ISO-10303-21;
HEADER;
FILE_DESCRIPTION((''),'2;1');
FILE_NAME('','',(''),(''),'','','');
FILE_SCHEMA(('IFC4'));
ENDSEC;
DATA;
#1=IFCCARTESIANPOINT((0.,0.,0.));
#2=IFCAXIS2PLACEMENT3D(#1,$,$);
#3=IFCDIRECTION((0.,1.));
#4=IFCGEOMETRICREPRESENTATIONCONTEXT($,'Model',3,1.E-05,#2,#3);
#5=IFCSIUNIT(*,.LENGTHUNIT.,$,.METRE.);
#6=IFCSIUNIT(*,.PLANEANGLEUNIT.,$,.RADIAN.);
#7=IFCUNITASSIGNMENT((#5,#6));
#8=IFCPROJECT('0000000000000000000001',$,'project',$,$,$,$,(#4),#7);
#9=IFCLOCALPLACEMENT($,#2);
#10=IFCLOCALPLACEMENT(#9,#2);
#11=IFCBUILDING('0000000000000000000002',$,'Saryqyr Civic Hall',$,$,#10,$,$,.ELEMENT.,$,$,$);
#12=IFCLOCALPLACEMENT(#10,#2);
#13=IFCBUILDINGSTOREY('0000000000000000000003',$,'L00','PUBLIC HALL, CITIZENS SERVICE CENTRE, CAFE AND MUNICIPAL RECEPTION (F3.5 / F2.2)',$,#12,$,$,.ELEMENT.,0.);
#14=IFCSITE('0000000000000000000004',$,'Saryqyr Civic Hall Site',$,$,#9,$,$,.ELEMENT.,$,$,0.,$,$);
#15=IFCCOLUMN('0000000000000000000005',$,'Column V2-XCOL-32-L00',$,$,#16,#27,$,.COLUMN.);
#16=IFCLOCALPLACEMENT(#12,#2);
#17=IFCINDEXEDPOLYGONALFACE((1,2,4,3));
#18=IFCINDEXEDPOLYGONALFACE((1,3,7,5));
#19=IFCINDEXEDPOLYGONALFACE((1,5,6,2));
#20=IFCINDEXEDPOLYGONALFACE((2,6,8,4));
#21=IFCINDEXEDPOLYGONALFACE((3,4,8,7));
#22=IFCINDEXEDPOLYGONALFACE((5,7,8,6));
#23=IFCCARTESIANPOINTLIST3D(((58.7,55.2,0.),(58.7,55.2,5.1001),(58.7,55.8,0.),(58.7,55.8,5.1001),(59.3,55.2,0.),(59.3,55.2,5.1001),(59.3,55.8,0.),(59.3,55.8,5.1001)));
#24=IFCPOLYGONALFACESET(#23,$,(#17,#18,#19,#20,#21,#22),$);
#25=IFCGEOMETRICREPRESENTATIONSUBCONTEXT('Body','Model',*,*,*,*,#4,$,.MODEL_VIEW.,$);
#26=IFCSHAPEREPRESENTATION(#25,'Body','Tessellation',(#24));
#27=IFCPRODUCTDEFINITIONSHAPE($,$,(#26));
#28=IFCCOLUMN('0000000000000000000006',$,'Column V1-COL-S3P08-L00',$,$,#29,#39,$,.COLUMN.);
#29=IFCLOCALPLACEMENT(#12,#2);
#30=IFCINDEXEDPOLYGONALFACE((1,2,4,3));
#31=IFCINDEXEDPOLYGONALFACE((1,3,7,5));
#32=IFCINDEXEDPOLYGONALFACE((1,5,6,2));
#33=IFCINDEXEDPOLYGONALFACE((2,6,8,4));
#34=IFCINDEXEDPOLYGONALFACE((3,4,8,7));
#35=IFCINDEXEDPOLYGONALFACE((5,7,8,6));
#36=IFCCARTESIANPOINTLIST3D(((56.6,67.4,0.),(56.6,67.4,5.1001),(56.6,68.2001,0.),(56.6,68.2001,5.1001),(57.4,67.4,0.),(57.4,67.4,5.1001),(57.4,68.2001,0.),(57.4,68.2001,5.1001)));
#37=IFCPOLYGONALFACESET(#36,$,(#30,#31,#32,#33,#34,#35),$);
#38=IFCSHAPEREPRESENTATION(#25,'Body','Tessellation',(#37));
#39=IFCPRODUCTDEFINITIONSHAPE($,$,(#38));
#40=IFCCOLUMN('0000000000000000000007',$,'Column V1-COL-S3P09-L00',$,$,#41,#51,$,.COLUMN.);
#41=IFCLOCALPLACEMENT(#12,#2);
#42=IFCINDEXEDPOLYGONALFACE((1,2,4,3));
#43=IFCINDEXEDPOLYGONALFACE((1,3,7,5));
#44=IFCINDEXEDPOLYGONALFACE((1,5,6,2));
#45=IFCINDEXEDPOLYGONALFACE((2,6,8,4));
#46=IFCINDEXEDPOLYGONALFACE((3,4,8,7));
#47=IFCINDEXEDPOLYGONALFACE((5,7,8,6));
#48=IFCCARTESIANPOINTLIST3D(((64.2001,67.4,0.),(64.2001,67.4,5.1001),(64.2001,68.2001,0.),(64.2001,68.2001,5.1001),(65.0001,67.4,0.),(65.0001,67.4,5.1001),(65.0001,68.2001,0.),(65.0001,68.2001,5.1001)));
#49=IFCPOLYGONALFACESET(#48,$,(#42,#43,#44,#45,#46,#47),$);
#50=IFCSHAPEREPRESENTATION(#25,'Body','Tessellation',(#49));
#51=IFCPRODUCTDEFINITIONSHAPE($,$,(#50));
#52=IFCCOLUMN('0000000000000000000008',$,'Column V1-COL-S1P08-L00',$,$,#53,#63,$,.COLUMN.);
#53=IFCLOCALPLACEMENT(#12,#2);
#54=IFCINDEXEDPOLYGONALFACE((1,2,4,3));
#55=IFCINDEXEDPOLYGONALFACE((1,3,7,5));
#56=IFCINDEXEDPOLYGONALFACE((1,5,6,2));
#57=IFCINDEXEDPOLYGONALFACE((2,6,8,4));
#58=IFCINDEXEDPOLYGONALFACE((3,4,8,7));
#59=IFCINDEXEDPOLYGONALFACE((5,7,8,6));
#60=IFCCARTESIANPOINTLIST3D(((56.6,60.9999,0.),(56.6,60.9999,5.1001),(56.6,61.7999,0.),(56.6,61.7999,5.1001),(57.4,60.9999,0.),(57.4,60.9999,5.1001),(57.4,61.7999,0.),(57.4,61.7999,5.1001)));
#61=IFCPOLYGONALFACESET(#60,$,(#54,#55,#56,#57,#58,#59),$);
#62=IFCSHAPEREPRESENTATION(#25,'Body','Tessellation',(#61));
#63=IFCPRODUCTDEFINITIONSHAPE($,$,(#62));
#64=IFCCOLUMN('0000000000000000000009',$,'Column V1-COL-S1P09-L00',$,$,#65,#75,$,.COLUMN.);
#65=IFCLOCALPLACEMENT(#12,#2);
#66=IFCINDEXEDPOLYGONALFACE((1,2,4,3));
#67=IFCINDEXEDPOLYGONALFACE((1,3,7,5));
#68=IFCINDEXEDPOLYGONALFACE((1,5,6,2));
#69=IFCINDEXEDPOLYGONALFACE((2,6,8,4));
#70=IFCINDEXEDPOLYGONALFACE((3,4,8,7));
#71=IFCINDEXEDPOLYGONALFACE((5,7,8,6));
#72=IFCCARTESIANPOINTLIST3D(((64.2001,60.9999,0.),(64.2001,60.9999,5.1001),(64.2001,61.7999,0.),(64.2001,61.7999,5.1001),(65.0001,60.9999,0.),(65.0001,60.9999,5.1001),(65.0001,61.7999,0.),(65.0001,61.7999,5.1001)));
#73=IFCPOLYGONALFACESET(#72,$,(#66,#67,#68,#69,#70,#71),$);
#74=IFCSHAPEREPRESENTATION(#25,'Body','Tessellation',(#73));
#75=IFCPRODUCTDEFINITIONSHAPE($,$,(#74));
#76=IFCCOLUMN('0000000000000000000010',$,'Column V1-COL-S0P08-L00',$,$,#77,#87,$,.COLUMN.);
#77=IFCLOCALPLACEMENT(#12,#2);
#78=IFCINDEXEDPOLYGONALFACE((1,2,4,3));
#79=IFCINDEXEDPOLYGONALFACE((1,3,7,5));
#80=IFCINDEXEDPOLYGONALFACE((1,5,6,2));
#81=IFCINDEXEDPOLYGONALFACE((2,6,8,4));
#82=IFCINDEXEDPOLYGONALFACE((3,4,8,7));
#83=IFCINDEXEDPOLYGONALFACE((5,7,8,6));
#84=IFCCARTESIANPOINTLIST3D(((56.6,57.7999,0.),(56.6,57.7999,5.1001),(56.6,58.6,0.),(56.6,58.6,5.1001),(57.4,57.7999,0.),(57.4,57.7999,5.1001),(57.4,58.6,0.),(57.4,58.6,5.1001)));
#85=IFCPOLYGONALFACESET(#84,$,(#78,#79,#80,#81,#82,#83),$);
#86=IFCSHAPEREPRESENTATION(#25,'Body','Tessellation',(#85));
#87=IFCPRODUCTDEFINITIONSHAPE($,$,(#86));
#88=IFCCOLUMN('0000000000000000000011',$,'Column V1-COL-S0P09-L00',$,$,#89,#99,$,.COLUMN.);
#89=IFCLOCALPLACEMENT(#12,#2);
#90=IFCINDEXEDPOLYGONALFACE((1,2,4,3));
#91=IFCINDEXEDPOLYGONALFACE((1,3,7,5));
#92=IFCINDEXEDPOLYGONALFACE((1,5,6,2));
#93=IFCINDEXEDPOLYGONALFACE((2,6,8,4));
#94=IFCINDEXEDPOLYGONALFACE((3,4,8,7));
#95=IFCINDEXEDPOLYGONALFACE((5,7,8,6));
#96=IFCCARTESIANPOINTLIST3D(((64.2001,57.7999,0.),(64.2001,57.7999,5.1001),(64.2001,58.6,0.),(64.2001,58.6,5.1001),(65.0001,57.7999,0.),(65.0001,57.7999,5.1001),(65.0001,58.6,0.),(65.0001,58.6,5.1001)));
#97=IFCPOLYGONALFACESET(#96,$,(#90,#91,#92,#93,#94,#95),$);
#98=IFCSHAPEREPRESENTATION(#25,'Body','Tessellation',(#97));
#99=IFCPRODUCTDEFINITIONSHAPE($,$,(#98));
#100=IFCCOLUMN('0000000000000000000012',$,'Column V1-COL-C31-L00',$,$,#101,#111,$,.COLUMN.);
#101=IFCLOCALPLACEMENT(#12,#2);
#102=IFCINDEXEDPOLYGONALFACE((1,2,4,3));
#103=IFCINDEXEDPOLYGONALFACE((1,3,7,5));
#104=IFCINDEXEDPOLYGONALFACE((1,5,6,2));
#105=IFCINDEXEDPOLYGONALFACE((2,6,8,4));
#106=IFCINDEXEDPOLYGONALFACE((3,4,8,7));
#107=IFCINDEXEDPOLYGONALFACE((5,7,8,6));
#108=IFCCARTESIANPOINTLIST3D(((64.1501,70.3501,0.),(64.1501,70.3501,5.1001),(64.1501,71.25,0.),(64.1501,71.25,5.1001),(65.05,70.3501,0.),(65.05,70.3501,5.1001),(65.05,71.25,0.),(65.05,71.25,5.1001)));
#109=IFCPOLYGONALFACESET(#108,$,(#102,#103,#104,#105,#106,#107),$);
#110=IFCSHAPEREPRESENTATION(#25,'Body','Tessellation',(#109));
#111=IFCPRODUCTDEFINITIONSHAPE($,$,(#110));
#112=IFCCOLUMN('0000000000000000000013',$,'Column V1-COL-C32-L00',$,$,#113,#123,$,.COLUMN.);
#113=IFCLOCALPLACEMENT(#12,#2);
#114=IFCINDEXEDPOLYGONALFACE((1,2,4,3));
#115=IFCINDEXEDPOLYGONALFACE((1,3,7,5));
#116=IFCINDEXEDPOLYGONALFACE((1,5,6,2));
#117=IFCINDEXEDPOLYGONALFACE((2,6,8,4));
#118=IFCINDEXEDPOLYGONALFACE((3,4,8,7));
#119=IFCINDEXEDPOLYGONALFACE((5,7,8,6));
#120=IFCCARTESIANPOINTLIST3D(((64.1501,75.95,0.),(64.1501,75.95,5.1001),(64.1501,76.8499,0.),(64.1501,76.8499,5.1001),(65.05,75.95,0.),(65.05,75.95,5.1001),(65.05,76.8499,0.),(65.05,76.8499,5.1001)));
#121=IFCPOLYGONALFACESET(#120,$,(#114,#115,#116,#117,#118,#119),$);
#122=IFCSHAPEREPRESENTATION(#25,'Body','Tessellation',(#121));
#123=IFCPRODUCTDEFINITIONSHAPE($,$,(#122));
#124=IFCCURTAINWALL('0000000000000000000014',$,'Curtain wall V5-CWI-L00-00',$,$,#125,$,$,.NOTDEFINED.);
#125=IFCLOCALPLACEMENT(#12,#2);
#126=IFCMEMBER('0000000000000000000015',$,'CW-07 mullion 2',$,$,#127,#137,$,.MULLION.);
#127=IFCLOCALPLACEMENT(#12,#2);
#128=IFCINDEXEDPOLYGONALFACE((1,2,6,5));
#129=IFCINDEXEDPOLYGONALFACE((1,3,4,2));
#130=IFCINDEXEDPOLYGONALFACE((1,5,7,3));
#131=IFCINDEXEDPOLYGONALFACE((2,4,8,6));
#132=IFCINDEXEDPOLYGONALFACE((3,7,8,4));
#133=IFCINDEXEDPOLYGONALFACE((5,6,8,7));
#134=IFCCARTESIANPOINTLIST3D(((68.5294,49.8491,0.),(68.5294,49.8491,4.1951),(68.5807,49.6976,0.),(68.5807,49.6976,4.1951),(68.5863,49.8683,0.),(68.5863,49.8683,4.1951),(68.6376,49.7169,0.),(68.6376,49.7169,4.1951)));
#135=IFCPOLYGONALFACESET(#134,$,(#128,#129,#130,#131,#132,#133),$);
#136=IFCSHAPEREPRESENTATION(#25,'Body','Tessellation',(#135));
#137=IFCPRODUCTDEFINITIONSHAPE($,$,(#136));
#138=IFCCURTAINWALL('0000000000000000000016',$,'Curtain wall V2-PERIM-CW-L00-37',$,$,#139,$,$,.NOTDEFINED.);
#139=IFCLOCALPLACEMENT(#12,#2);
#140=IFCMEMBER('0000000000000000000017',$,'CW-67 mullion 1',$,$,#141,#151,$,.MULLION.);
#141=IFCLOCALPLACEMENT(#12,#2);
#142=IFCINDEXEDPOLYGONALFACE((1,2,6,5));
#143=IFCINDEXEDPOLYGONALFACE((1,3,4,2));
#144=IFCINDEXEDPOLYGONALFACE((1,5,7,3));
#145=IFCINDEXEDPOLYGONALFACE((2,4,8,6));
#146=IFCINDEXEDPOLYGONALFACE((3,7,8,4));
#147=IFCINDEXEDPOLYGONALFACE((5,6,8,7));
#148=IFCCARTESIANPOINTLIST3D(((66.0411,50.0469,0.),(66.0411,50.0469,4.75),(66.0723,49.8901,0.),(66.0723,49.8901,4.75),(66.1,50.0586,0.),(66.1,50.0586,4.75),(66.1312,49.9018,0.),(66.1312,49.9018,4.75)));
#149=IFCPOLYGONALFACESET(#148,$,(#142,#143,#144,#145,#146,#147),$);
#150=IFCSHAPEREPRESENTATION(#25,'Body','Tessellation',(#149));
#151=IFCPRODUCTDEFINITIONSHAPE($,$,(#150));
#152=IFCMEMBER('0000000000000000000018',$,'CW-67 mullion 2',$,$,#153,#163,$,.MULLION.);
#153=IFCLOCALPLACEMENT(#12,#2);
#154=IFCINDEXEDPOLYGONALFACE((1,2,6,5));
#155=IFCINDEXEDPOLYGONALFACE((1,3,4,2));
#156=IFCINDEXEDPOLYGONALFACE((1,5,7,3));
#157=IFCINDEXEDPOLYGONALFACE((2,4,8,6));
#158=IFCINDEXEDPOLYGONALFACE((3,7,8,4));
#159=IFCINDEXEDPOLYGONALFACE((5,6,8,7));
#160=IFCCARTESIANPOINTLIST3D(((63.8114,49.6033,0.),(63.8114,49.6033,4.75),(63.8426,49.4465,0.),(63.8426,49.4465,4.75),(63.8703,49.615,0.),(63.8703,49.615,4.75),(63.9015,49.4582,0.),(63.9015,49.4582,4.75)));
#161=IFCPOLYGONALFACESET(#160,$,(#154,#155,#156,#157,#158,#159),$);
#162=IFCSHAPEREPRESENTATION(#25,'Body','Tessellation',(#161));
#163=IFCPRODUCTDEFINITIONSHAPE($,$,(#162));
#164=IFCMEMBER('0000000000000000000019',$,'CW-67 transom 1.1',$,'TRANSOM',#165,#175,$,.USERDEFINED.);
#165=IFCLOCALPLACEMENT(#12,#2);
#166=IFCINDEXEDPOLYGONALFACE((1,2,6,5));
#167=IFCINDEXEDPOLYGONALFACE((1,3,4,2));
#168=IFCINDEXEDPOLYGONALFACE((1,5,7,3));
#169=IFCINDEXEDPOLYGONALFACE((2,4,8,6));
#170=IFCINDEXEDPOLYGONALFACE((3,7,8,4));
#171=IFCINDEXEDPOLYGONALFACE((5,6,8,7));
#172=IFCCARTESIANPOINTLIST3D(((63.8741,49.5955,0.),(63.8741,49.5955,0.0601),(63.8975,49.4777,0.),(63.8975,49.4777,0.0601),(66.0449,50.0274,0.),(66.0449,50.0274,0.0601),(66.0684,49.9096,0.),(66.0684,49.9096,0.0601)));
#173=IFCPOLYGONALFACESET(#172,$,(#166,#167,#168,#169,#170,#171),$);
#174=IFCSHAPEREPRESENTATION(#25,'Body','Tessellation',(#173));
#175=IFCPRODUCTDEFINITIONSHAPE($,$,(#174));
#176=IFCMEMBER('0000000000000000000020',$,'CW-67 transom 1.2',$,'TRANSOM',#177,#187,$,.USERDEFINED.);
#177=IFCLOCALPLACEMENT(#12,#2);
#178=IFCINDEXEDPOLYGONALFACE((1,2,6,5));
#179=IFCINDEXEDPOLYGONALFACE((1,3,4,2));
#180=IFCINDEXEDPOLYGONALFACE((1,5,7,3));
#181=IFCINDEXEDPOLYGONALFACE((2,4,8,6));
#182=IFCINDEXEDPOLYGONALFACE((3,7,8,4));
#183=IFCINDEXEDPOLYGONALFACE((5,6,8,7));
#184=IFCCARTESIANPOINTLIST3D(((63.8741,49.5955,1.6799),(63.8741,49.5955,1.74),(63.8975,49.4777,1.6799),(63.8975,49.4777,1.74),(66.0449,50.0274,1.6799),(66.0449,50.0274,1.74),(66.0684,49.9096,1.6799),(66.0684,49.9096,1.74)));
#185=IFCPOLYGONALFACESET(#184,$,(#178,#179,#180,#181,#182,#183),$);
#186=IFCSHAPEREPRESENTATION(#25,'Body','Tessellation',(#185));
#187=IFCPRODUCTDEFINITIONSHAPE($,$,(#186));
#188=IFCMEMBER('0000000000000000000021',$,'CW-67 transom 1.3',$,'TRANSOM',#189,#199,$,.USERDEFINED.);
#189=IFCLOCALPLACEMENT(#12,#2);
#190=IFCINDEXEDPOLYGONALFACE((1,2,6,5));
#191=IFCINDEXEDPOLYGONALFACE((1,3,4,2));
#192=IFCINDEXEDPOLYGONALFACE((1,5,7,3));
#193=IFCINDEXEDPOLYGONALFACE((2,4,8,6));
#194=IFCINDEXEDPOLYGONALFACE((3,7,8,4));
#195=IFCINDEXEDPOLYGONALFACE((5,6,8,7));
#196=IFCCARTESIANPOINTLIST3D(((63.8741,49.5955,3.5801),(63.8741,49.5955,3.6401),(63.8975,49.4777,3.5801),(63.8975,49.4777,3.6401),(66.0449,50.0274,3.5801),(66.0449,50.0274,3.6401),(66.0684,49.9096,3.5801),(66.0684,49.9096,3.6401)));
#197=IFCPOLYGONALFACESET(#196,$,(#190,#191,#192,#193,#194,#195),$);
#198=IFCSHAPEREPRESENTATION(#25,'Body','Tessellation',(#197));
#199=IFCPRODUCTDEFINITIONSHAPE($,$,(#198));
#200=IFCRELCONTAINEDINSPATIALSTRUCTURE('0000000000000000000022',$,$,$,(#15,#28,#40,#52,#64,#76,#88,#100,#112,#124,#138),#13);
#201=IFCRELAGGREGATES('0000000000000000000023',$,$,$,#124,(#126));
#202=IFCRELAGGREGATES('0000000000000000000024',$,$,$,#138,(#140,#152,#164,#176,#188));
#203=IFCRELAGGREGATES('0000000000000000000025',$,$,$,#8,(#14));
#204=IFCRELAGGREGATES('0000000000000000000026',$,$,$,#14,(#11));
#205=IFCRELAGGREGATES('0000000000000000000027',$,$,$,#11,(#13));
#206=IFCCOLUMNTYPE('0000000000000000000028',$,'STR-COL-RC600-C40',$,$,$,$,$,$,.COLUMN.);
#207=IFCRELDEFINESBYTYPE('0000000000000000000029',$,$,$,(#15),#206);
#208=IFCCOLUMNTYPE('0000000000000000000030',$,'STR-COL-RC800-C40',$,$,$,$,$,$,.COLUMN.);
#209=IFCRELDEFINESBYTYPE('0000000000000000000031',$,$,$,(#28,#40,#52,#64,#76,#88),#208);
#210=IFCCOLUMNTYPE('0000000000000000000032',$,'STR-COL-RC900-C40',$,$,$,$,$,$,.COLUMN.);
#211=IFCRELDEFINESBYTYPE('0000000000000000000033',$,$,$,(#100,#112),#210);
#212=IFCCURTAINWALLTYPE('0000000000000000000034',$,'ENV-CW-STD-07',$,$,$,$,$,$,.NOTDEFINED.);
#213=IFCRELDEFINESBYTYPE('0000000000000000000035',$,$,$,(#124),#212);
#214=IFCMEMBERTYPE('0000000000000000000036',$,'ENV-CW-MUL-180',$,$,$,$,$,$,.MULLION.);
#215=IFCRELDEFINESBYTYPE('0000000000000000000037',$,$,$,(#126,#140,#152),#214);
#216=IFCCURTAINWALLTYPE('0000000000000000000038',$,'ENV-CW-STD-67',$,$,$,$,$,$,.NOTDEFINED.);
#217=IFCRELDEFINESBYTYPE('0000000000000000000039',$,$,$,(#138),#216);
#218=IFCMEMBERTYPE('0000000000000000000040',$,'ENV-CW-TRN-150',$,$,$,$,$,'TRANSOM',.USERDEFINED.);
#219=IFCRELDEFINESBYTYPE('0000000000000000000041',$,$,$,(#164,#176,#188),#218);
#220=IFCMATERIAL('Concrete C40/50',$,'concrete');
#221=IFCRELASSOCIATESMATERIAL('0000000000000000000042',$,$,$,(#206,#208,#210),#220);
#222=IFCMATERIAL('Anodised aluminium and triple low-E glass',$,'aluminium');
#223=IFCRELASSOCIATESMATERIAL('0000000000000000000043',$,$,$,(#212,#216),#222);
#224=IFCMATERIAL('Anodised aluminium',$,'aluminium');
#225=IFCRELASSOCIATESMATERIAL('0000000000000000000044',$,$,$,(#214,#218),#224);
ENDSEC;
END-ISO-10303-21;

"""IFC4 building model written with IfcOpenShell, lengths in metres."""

from ifc_helpers import new_model, si_unit, direction, frame, origin, origin_2d, place, context, subcontext, project, spatial, rectangle, extrude, material, material_profile, profile_set, type_object, element, aggregate, save


model = new_model("IFC4")

# Units and contexts
model_context = context("Model", 3, precision=1e-05, world=origin(), true_north=direction((0.0, 1.0)))
body_context = subcontext(model_context, "Body", "Model", "MODEL_VIEW")
ifc_project = project(units=[si_unit("LENGTHUNIT", "METRE"), si_unit("PLANEANGLEUNIT", "RADIAN")], contexts=[model_context])

# Site, building, storey
site_placement = place(None, origin())
site = spatial("IfcSite", under=ifc_project, at=site_placement, Name="Saryqyr Civic Hall Site", CompositionType="ELEMENT", RefElevation=0.0)
building_placement = place(site_placement, origin())
building = spatial("IfcBuilding", under=site, at=building_placement, Name="Saryqyr Civic Hall", CompositionType="ELEMENT")
storey_placement = place(building_placement, origin())
storey = spatial("IfcBuildingStorey", under=building, at=storey_placement, Name="L00", Description="PUBLIC HALL, CITIZENS SERVICE CENTRE, CAFE AND MUNICIPAL RECEPTION (F3.5 / F2.2)", CompositionType="ELEMENT", Elevation=0.0)

# Columns
ifc_material_1 = material(Name="Concrete C40/50", Category="concrete")
ifc_material_profile_1 = material_profile(ifc_material_1, rectangle(XDim=0.6001, YDim=0.6001, at=origin_2d()), Name="RC 600x600")
ifc_profile_set_1 = profile_set([ifc_material_profile_1], Name="Concrete C40/50")
column_type_1 = type_object("IfcColumnType", Name="STR-COL-RC600-C40", PredefinedType="COLUMN", material=ifc_profile_set_1)
column_placement = place(storey_placement, frame((59.0, 55.5, 0.0), z_axis=(0.0, 0.0, 1.0), x_axis=(1.0, 0.0, 0.0)))
element("IfcColumn", 1, at=column_placement, inside=storey, type_object=column_type_1, Name="Column V2-XCOL-32-L00", PredefinedType="COLUMN", context=body_context, shape_type="SweptSolid", body=[
    extrude(rectangle(XDim=0.6001, YDim=0.6001, at=origin_2d()), origin(), (0.0, 0.0, 1.0), 5.1001),
])
ifc_material_profile_2 = material_profile(ifc_material_1, rectangle(XDim=0.8, YDim=0.8, at=origin_2d()), Name="RC 800x800")
ifc_profile_set_2 = profile_set([ifc_material_profile_2], Name="Concrete C40/50")
column_type_2 = type_object("IfcColumnType", Name="STR-COL-RC800-C40", PredefinedType="COLUMN", material=ifc_profile_set_2)
for number, where, z_axis, x_axis, name in (
    (2, (57.0, 67.8, 0.0), (0.0, 0.0, 1.0), (1.0, 0.0, 0.0), "Column V1-COL-S3P08-L00"),
    (3, (64.6001, 67.8, 0.0), (0.0, 0.0, 1.0), (1.0, 0.0, 0.0), "Column V1-COL-S3P09-L00"),
    (4, (57.0, 61.3999, 0.0), (0.0, 0.0, 1.0), (1.0, 0.0, 0.0), "Column V1-COL-S1P08-L00"),
    (5, (64.6001, 61.3999, 0.0), (0.0, 0.0, 1.0), (1.0, 0.0, 0.0), "Column V1-COL-S1P09-L00"),
    (6, (57.0, 58.2, 0.0), (0.0, 0.0, 1.0), (1.0, 0.0, 0.0), "Column V1-COL-S0P08-L00"),
    (7, (64.6001, 58.2, 0.0), (0.0, 0.0, 1.0), (1.0, 0.0, 0.0), "Column V1-COL-S0P09-L00"),
):
    element("IfcColumn", number, at=place(storey_placement, frame(where, z_axis=z_axis, x_axis=x_axis)), inside=storey, type_object=column_type_2, Name=name, PredefinedType="COLUMN", context=body_context, shape_type="SweptSolid", body=[
        extrude(rectangle(XDim=0.8, YDim=0.8, at=origin_2d()), origin(), (0.0, 0.0, 1.0), 5.1001),
    ])
ifc_material_profile_3 = material_profile(ifc_material_1, rectangle(XDim=0.8999, YDim=0.8999, at=origin_2d()), Name="RC 900x900")
ifc_profile_set_3 = profile_set([ifc_material_profile_3], Name="Concrete C40/50")
column_type_3 = type_object("IfcColumnType", Name="STR-COL-RC900-C40", PredefinedType="COLUMN", material=ifc_profile_set_3)
for number, where, z_axis, x_axis, name in (
    (8, (64.6001, 70.8, 0.0), (0.0, 0.0, 1.0), (1.0, 0.0, 0.0), "Column V1-COL-C31-L00"),
    (9, (64.6001, 76.3999, 0.0), (0.0, 0.0, 1.0), (1.0, 0.0, 0.0), "Column V1-COL-C32-L00"),
):
    element("IfcColumn", number, at=place(storey_placement, frame(where, z_axis=z_axis, x_axis=x_axis)), inside=storey, type_object=column_type_3, Name=name, PredefinedType="COLUMN", context=body_context, shape_type="SweptSolid", body=[
        extrude(rectangle(XDim=0.8999, YDim=0.8999, at=origin_2d()), origin(), (0.0, 0.0, 1.0), 5.1001),
    ])

# Curtain wall, member
ifc_material_2 = material(Name="Anodised aluminium and triple low-E glass", Category="aluminium")
curtain_wall_type_1 = type_object("IfcCurtainWallType", Name="ENV-CW-STD-07", PredefinedType="NOTDEFINED", material=ifc_material_2)
curtain_wall_1_placement = place(storey_placement, origin())
curtain_wall_1 = element("IfcCurtainWall", 10, at=curtain_wall_1_placement, inside=storey, type_object=curtain_wall_type_1, Name="Curtain wall V5-CWI-L00-00", PredefinedType="NOTDEFINED")
ifc_material_3 = material(Name="Anodised aluminium", Category="aluminium")
ifc_material_profile_4 = material_profile(ifc_material_3, rectangle(XDim=0.0601, YDim=0.1599, at=origin_2d()), Name="ALU MULLION 60x160")
ifc_profile_set_4 = profile_set([ifc_material_profile_4], Name="Anodised aluminium")
member_type_1 = type_object("IfcMemberType", Name="ENV-CW-MUL-180", PredefinedType="MULLION", material=ifc_profile_set_4)
member_1_placement = place(storey_placement, frame((68.5835, 49.783, 0.0), z_axis=(0.0, 0.0, 1.0), x_axis=(0.947204, 0.320631, 0.0)))
member_1 = element("IfcMember", 11, at=member_1_placement, type_object=member_type_1, Name="CW-07 mullion 2", PredefinedType="MULLION", context=body_context, shape_type="SweptSolid", body=[
    extrude(rectangle(XDim=0.0601, YDim=0.1599, at=origin_2d()), origin(), (0.0, 0.0, 1.0), 4.1951),
])
aggregate(curtain_wall_1, [member_1])

# Curtain wall, members
curtain_wall_type_2 = type_object("IfcCurtainWallType", Name="ENV-CW-STD-67", PredefinedType="NOTDEFINED", material=ifc_material_2)
curtain_wall_2_placement = place(storey_placement, origin())
curtain_wall_2 = element("IfcCurtainWall", 12, at=curtain_wall_2_placement, inside=storey, type_object=curtain_wall_type_2, Name="Curtain wall V2-PERIM-CW-L00-37", PredefinedType="NOTDEFINED")
member_2_placement = place(storey_placement, frame((66.0862, 49.9744, 0.0), z_axis=(0.0, 0.0, 1.0), x_axis=(-0.980785, -0.195093, 0.0)))
member_2 = element("IfcMember", 13, at=member_2_placement, type_object=member_type_1, Name="CW-67 mullion 1", PredefinedType="MULLION", context=body_context, shape_type="SweptSolid", body=[
    extrude(rectangle(XDim=0.0601, YDim=0.1599, at=origin_2d()), origin(), (0.0, 0.0, 1.0), 4.75),
])
member_3_placement = place(storey_placement, frame((63.8564, 49.5308, 0.0), z_axis=(0.0, 0.0, 1.0), x_axis=(-0.980785, -0.195093, 0.0)))
member_3 = element("IfcMember", 14, at=member_3_placement, type_object=member_type_1, Name="CW-67 mullion 2", PredefinedType="MULLION", context=body_context, shape_type="SweptSolid", body=[
    extrude(rectangle(XDim=0.0601, YDim=0.1599, at=origin_2d()), origin(), (0.0, 0.0, 1.0), 4.75),
])
ifc_material_profile_5 = material_profile(ifc_material_3, rectangle(XDim=0.1201, YDim=0.0601, at=origin_2d()), Name="ALU TRANSOM 120x60")
ifc_profile_set_5 = profile_set([ifc_material_profile_5], Name="Anodised aluminium")
member_type_2 = type_object("IfcMemberType", Name="ENV-CW-TRN-150", ElementType="TRANSOM", PredefinedType="USERDEFINED", material=ifc_profile_set_5)
member_4_placement = place(storey_placement, frame((66.0566, 49.9685, 0.03), z_axis=(-0.98078, -0.195119, 0.0), x_axis=(0.195119, -0.98078, 0.0)))
member_4 = element("IfcMember", 15, at=member_4_placement, type_object=member_type_2, Name="CW-67 transom 1.1", ObjectType="TRANSOM", PredefinedType="USERDEFINED", context=body_context, shape_type="SweptSolid", body=[
    extrude(rectangle(XDim=0.1201, YDim=0.0601, at=origin_2d()), origin(), (0.0, 0.0, 1.0), 2.2134),
])
member_5_placement = place(storey_placement, frame((66.0566, 49.9685, 1.71), z_axis=(-0.98078, -0.195119, 0.0), x_axis=(0.195119, -0.98078, 0.0)))
member_5 = element("IfcMember", 16, at=member_5_placement, type_object=member_type_2, Name="CW-67 transom 1.2", ObjectType="TRANSOM", PredefinedType="USERDEFINED", context=body_context, shape_type="SweptSolid", body=[
    extrude(rectangle(XDim=0.1201, YDim=0.0601, at=origin_2d()), origin(), (0.0, 0.0, 1.0), 2.2134),
])
member_6_placement = place(storey_placement, frame((66.0566, 49.9685, 3.6101), z_axis=(-0.98078, -0.195119, 0.0), x_axis=(0.195119, -0.98078, 0.0)))
member_6 = element("IfcMember", 17, at=member_6_placement, type_object=member_type_2, Name="CW-67 transom 1.3", ObjectType="TRANSOM", PredefinedType="USERDEFINED", context=body_context, shape_type="SweptSolid", body=[
    extrude(rectangle(XDim=0.1201, YDim=0.0601, at=origin_2d()), origin(), (0.0, 0.0, 1.0), 2.2134),
])

aggregate(curtain_wall_2, [member_2, member_3, member_4, member_5, member_6])

save(model, "model.ifc")
